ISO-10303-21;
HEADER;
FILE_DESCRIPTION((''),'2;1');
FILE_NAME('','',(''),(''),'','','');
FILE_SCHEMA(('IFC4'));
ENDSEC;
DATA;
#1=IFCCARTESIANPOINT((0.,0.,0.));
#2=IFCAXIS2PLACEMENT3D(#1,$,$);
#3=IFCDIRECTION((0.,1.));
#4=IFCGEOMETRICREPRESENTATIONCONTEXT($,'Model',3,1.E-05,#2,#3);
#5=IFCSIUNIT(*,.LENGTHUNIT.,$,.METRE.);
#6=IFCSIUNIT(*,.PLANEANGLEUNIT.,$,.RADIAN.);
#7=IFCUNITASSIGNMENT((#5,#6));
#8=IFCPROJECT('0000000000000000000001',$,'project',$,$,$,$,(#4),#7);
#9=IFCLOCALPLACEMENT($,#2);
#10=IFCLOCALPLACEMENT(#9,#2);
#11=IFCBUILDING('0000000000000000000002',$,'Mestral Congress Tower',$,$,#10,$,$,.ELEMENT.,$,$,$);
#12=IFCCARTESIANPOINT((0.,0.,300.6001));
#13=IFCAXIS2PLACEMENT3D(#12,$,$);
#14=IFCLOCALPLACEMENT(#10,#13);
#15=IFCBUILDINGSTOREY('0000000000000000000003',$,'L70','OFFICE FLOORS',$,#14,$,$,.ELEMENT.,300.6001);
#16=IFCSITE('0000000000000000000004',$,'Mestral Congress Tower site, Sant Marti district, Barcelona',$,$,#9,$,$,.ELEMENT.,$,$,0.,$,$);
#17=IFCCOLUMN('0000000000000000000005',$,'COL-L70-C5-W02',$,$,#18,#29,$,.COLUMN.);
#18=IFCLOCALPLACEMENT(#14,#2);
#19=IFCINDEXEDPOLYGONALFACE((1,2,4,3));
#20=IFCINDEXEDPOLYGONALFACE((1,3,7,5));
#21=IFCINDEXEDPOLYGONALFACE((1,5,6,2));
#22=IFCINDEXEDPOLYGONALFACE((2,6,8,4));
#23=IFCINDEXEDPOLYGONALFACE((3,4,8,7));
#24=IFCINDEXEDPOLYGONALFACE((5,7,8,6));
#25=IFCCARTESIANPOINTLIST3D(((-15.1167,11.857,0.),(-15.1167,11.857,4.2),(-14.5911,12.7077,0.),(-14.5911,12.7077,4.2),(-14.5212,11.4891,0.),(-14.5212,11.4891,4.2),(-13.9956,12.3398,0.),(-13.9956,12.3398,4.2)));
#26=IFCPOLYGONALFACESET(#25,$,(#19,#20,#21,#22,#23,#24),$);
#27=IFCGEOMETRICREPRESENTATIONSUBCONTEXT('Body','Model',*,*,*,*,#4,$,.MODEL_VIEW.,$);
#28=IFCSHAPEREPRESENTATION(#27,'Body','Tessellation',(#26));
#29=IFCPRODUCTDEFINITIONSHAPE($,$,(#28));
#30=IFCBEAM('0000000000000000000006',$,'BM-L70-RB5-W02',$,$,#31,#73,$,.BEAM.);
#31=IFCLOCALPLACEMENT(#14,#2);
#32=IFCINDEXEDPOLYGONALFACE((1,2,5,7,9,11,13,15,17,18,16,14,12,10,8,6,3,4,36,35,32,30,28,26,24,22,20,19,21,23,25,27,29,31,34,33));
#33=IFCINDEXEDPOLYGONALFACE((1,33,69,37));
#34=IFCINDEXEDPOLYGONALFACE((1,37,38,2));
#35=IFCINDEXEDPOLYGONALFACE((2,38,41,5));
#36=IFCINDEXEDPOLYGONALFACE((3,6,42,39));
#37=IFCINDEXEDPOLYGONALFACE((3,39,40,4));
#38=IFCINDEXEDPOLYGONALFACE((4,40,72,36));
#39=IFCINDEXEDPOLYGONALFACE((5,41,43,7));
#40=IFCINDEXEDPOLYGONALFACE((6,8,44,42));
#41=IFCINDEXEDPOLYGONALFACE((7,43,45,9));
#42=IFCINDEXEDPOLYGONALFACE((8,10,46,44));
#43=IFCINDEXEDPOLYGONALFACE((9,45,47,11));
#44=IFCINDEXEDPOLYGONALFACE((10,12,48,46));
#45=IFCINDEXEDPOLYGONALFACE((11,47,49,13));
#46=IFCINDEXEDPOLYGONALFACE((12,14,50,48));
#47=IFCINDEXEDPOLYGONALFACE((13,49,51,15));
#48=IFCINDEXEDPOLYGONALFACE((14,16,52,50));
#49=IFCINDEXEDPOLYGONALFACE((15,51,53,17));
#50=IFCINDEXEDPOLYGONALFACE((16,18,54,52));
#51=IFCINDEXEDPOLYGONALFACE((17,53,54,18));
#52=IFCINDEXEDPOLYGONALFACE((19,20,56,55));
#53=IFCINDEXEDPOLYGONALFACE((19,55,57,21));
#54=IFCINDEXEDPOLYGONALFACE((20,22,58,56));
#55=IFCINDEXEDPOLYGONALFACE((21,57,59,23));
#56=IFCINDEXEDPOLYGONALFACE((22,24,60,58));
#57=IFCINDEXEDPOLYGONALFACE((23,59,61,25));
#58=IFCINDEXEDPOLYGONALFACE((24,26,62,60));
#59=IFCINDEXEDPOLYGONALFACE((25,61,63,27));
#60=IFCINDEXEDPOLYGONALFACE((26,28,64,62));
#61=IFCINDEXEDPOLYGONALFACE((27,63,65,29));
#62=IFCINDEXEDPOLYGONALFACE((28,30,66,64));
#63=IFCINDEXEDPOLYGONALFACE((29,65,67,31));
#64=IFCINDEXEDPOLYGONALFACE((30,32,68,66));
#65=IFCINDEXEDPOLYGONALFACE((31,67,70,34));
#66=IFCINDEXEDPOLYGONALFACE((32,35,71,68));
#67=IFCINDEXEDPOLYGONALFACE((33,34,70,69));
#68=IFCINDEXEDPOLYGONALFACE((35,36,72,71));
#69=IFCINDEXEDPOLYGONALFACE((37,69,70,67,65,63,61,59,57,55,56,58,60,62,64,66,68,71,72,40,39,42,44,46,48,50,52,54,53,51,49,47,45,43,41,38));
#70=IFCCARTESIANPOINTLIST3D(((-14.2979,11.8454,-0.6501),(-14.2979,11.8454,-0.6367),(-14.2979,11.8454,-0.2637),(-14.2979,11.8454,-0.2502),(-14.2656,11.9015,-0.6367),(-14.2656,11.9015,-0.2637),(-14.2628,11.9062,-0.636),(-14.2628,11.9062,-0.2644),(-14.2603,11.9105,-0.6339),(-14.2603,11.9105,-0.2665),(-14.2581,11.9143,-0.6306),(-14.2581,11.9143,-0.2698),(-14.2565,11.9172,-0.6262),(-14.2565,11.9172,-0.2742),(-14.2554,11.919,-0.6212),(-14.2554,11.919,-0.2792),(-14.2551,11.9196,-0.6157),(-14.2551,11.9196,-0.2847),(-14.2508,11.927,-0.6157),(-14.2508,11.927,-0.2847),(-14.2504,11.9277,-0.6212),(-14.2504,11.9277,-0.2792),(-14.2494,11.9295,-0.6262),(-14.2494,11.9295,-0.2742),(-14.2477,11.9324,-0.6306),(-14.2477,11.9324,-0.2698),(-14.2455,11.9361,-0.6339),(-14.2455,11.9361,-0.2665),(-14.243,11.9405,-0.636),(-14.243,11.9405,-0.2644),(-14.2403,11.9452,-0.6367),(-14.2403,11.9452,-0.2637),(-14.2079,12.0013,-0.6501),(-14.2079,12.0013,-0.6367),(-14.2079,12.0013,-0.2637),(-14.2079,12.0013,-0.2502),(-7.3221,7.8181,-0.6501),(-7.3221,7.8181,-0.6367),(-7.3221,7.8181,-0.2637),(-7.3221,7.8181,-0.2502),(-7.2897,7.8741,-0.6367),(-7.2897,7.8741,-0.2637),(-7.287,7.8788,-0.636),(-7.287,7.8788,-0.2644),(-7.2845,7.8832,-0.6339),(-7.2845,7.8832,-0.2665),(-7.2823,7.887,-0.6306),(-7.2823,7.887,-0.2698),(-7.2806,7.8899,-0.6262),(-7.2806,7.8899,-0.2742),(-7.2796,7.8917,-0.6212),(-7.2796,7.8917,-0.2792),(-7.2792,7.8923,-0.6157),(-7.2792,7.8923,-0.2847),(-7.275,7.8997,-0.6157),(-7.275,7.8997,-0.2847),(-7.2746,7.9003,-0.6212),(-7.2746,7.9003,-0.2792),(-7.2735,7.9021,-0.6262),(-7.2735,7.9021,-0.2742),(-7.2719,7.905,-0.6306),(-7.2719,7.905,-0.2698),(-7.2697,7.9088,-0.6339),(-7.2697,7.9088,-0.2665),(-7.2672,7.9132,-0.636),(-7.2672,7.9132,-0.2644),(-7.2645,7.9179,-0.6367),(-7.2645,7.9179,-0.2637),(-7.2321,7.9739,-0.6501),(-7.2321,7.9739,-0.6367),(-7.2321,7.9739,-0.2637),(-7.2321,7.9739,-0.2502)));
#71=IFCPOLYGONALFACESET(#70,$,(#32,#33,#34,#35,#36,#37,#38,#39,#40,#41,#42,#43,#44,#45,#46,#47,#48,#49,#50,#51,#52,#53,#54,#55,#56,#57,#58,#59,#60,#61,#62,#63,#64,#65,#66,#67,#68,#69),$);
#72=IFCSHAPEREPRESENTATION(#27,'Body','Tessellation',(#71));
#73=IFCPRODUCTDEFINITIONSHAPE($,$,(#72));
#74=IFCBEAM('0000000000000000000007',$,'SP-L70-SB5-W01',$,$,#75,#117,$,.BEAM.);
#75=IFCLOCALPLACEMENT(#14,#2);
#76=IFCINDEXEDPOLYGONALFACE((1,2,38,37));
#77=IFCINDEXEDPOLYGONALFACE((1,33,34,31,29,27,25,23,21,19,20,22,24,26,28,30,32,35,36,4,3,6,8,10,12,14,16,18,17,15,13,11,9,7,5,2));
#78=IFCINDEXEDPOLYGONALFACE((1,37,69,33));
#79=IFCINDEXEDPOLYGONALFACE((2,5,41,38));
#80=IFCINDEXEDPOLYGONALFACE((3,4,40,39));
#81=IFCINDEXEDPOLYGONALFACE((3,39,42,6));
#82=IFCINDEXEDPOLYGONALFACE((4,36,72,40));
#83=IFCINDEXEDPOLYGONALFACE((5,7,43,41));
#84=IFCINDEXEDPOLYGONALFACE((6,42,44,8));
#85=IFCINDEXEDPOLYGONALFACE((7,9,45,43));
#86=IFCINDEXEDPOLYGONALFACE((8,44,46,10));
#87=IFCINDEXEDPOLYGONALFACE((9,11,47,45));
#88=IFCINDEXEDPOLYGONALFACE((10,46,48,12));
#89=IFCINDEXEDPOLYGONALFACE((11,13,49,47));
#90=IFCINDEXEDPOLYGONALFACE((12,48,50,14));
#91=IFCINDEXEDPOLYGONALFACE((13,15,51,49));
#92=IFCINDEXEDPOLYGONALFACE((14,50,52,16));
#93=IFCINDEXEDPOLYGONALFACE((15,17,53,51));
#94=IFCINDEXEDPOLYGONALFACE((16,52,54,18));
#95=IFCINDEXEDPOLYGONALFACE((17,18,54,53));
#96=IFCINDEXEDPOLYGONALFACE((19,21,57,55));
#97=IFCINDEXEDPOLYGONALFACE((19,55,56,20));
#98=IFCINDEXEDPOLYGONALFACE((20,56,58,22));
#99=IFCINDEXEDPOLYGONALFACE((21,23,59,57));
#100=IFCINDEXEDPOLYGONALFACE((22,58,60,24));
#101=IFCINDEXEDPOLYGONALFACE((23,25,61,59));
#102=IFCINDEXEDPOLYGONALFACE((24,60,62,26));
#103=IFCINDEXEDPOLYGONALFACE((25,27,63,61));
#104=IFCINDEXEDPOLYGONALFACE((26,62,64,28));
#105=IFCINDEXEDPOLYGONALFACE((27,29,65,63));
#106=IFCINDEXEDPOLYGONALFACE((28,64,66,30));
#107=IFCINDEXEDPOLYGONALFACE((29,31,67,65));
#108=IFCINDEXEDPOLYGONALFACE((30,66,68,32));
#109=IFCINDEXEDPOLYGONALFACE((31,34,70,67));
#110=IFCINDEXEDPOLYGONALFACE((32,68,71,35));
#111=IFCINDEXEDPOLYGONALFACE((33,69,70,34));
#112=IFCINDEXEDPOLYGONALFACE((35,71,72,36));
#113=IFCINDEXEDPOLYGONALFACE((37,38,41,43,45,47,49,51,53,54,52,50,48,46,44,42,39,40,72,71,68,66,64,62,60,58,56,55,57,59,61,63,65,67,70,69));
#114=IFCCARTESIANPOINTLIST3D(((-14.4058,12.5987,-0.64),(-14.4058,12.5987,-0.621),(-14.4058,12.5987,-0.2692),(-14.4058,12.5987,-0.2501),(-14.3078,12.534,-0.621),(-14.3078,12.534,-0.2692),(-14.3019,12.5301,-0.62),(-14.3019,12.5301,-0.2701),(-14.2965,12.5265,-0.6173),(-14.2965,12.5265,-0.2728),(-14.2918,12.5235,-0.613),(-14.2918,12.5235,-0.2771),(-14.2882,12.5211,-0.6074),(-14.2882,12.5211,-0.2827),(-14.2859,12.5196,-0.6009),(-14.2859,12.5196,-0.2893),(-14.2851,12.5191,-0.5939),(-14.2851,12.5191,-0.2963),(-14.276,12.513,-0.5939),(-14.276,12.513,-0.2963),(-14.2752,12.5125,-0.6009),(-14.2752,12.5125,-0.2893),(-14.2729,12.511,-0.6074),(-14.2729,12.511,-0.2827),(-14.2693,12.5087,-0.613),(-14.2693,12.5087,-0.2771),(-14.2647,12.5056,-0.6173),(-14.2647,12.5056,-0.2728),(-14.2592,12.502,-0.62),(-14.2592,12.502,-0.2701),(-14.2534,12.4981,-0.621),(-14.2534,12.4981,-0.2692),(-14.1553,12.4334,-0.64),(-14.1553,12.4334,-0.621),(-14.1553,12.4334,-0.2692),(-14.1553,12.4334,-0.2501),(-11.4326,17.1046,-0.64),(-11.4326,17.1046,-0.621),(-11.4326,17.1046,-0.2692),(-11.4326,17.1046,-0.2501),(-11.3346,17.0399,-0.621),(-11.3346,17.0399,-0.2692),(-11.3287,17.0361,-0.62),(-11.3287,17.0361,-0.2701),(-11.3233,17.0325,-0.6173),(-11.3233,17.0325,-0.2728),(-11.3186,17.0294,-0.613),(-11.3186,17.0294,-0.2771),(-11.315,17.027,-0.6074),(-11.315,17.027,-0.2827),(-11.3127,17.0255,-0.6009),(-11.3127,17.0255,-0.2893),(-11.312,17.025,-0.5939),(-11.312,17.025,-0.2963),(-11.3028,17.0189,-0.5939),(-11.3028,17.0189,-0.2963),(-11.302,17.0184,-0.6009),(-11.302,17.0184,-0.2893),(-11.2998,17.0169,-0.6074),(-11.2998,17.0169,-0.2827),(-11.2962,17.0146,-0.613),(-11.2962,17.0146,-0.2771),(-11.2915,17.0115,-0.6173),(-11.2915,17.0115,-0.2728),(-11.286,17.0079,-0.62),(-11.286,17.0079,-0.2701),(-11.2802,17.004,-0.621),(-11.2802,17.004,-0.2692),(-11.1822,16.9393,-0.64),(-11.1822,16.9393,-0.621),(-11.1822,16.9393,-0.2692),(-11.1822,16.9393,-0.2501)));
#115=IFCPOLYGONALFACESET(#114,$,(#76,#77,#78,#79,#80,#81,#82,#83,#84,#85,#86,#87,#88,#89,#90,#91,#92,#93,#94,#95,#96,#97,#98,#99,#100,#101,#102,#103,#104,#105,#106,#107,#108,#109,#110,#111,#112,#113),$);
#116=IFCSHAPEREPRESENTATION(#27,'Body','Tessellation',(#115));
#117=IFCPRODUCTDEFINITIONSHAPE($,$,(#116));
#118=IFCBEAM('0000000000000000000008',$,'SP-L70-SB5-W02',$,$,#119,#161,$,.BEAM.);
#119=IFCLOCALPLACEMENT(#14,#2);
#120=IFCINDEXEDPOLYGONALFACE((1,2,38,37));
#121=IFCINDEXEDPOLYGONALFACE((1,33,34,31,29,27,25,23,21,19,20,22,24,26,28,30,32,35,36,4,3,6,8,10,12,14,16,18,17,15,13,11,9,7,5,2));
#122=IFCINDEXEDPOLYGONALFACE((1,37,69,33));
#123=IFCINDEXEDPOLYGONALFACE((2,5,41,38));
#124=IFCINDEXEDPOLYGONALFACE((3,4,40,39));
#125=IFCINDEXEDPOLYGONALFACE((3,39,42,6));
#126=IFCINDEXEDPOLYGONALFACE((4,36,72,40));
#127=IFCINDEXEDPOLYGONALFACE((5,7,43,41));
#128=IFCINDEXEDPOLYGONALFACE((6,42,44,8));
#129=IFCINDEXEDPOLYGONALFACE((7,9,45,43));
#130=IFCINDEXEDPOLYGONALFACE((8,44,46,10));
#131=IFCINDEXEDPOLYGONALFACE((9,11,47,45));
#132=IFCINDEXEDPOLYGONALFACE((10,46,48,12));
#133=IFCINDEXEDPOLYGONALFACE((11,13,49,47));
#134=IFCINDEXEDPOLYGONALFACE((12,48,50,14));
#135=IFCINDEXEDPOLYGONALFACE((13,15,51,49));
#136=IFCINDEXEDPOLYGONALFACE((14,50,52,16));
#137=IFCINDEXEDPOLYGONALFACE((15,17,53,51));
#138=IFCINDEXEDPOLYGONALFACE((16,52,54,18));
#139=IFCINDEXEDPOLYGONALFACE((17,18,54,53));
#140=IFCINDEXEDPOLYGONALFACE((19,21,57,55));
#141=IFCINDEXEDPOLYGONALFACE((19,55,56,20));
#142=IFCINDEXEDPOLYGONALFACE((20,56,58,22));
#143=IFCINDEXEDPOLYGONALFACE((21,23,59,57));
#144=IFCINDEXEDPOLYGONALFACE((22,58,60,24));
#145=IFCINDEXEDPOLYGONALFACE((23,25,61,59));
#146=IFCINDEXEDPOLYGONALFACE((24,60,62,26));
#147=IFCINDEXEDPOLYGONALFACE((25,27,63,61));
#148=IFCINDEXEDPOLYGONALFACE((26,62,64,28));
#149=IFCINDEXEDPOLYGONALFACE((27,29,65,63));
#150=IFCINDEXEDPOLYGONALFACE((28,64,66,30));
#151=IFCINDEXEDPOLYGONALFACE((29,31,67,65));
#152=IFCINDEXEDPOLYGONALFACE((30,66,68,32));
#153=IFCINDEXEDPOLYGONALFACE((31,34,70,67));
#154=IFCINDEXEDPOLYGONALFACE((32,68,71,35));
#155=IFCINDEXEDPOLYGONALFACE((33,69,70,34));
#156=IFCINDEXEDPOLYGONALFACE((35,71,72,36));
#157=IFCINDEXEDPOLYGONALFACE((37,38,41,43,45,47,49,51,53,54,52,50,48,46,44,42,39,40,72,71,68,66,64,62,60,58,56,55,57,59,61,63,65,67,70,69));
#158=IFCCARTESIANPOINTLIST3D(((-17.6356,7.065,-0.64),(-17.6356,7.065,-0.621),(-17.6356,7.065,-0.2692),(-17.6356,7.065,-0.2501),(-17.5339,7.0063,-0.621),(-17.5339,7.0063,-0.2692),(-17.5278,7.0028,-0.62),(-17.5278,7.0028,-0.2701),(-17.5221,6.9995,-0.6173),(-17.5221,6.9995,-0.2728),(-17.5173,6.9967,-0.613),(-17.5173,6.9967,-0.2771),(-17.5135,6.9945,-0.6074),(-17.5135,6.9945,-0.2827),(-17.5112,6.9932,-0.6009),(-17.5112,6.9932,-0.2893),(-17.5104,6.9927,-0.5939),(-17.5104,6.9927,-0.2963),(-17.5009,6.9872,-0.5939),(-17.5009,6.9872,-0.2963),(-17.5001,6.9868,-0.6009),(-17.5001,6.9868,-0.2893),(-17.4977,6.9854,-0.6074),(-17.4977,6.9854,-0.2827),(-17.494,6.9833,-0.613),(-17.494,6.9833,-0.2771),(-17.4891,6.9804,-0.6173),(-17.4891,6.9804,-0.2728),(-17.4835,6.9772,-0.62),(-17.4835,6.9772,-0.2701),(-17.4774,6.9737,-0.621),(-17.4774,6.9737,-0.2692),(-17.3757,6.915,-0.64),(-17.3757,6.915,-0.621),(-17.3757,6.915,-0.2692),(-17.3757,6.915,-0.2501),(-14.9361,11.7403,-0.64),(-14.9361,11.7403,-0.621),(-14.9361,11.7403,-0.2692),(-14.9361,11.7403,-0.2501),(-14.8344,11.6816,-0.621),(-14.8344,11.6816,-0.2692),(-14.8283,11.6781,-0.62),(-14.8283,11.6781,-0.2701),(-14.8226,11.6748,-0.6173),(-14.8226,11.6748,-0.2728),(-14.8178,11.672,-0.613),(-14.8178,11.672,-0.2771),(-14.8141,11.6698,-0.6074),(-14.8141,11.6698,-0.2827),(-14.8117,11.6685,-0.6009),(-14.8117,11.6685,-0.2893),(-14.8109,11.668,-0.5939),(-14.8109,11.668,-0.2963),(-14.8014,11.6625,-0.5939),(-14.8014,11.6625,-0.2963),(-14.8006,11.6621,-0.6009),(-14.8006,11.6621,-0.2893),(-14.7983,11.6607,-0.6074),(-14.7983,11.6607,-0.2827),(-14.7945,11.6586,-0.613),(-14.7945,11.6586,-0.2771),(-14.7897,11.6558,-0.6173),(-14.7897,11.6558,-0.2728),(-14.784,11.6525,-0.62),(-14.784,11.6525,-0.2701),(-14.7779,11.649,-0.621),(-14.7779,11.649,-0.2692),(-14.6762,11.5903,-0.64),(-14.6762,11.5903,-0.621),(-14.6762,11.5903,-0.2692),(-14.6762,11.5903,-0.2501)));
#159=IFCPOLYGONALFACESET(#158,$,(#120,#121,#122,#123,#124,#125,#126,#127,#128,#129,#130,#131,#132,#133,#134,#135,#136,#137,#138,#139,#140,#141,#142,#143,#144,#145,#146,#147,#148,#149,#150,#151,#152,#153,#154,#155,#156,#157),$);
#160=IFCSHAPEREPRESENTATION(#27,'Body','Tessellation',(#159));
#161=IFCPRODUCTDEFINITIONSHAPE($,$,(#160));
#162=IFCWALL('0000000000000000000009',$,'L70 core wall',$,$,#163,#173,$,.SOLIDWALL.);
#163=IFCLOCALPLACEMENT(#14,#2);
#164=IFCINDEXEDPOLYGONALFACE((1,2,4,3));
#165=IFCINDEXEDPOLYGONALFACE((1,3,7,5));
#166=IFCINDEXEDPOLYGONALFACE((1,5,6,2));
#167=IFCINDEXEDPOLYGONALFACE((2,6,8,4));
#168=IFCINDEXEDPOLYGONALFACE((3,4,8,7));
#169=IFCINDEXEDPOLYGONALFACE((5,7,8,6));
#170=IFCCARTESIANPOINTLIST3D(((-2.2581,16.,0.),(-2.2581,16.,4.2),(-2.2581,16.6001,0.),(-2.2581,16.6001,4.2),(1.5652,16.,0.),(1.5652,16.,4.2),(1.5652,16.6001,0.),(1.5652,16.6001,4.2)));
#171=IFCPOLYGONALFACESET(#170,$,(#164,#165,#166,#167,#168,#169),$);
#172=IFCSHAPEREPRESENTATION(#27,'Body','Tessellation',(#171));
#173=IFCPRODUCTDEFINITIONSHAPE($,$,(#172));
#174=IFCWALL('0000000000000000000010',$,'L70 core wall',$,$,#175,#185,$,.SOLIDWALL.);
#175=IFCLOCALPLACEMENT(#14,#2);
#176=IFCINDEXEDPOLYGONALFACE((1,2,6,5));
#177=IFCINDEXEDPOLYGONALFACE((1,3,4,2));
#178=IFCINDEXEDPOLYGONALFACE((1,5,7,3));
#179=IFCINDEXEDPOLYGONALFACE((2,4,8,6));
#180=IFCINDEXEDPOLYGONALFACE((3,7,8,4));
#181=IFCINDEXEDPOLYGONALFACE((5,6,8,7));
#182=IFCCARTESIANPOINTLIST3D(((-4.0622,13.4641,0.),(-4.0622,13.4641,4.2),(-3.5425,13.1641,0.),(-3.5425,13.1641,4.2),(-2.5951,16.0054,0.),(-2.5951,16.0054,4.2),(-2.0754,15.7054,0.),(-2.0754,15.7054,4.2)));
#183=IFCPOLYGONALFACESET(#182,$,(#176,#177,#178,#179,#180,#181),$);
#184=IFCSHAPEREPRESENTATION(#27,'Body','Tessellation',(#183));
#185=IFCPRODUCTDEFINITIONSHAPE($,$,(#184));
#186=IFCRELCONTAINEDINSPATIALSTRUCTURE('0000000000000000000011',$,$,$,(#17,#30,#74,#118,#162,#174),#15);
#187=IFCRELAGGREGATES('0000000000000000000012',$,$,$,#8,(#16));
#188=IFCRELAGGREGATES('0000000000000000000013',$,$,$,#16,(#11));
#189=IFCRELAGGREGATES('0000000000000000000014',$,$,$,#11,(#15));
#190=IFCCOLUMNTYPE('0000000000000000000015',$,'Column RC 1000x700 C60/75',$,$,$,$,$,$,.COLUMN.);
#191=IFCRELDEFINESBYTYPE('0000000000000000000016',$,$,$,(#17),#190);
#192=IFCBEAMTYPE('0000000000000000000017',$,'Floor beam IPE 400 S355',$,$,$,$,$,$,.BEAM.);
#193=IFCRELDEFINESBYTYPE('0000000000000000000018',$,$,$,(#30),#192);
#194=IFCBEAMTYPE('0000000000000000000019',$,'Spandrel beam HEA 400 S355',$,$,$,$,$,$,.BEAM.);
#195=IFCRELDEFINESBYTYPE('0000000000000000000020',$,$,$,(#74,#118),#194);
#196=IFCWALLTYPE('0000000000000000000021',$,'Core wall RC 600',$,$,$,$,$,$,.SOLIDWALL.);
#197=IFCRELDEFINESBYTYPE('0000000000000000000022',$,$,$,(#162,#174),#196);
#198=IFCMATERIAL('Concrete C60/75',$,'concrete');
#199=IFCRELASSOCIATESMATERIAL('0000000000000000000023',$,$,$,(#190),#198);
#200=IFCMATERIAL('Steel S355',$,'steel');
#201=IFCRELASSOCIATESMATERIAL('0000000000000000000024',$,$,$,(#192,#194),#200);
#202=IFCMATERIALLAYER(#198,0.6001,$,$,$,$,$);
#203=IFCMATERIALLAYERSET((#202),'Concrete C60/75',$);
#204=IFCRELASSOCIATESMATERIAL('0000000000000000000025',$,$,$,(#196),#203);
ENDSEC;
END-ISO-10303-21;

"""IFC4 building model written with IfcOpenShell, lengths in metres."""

from ifc_helpers import new_model, si_unit, direction, frame, frame_2d, origin, origin_2d, place, context, subcontext, project, spatial, rectangle, i_section, extrude, material, layer, layer_set, material_profile, profile_set, type_object, element, save


model = new_model("IFC4")

# Units and contexts
model_context = context("Model", 3, precision=1e-05, world=origin(), true_north=direction((0.0, 1.0)))
body_context = subcontext(model_context, "Body", "Model", "MODEL_VIEW")
ifc_project = project(units=[si_unit("LENGTHUNIT", "METRE"), si_unit("PLANEANGLEUNIT", "RADIAN")], contexts=[model_context])

# Site, building, storey
site_placement = place(None, origin())
site = spatial("IfcSite", under=ifc_project, at=site_placement, Name="Mestral Congress Tower site, Sant Marti district, Barcelona", CompositionType="ELEMENT", RefElevation=0.0)
building_placement = place(site_placement, origin())
building = spatial("IfcBuilding", under=site, at=building_placement, Name="Mestral Congress Tower", CompositionType="ELEMENT")
storey_placement = place(building_placement, frame((0.0, 0.0, 300.6001)))
storey = spatial("IfcBuildingStorey", under=building, at=storey_placement, Name="L70", Description="OFFICE FLOORS", CompositionType="ELEMENT", Elevation=300.6001)

# Column
ifc_material_1 = material(Name="Concrete C60/75", Category="concrete")
ifc_material_profile_1 = material_profile(ifc_material_1, rectangle(XDim=1.0, YDim=0.7, at=origin_2d()), Name="RC 1000x700")
ifc_profile_set_1 = profile_set([ifc_material_profile_1], Name="Concrete C60/75")
column_type = type_object("IfcColumnType", Name="Column RC 1000x700 C60/75", PredefinedType="COLUMN", material=ifc_profile_set_1)
column_placement = place(storey_placement, frame((-14.5562, 12.0984, 0.0), z_axis=(0.0, 0.0, 1.0), x_axis=(-0.52561, -0.850726, 0.0)))
element("IfcColumn", 1, at=column_placement, inside=storey, type_object=column_type, Name="COL-L70-C5-W02", PredefinedType="COLUMN", context=body_context, shape_type="SweptSolid", body=[
    extrude(rectangle(XDim=1.0, YDim=0.7, at=origin_2d()), origin(), (0.0, 0.0, 1.0), 4.2),
])

# Beams
ifc_material_2 = material(Name="Steel S355", Category="steel")
ifc_material_profile_2 = material_profile(ifc_material_2, i_section(OverallWidth=0.1799, OverallDepth=0.3999, WebThickness=0.0085, FlangeThickness=0.0134, FilletRadius=0.021, at=origin_2d()), Name="IPE 400")
ifc_profile_set_2 = profile_set([ifc_material_profile_2], Name="Steel S355")
beam_type_1 = type_object("IfcBeamType", Name="Floor beam IPE 400 S355", PredefinedType="BEAM", material=ifc_profile_set_2)
beam_1_placement = place(storey_placement, frame((-14.2529, 11.9233, -0.4502), z_axis=(0.866034, -0.499986, 0.0), x_axis=(0.499986, 0.866034, 0.0)))
element("IfcBeam", 2, at=beam_1_placement, inside=storey, type_object=beam_type_1, Name="BM-L70-RB5-W02", PredefinedType="BEAM", context=body_context, shape_type="SweptSolid", body=[
    extrude(i_section(OverallWidth=0.1799, OverallDepth=0.3999, WebThickness=0.0085, FlangeThickness=0.0134, FilletRadius=0.021, at=origin_2d()), origin(), (0.0, 0.0, 1.0), 8.0549),
])
ifc_material_profile_3 = material_profile(ifc_material_2, i_section(OverallWidth=0.3, OverallDepth=0.3899, WebThickness=0.011, FlangeThickness=0.019, FilletRadius=0.0271, at=origin_2d()), Name="HEA 400")
ifc_profile_set_3 = profile_set([ifc_material_profile_3], Name="Steel S355")
beam_type_2 = type_object("IfcBeamType", Name="Spandrel beam HEA 400 S355", PredefinedType="BEAM", material=ifc_profile_set_3)
beam_2_placement = place(storey_placement, frame((-11.3074, 17.022, -0.4451), z_axis=(-0.550749, -0.834671, 0.0), x_axis=(0.834671, -0.550749, 0.0)))
element("IfcBeam", 3, at=beam_2_placement, inside=storey, type_object=beam_type_2, Name="SP-L70-SB5-W01", PredefinedType="BEAM", context=body_context, shape_type="SweptSolid", body=[
    extrude(i_section(OverallWidth=0.3, OverallDepth=0.3899, WebThickness=0.011, FlangeThickness=0.019, FilletRadius=0.0271, at=origin_2d()), origin(), (0.0, 0.0, 1.0), 5.3984),
])
beam_3_placement = place(storey_placement, frame((-14.8062, 11.6653, -0.4451), z_axis=(-0.500025, -0.866011, 0.0), x_axis=(0.866011, -0.500025, 0.0)))
element("IfcBeam", 4, at=beam_3_placement, inside=storey, type_object=beam_type_2, Name="SP-L70-SB5-W02", PredefinedType="BEAM", context=body_context, shape_type="SweptSolid", body=[
    extrude(i_section(OverallWidth=0.3, OverallDepth=0.3899, WebThickness=0.011, FlangeThickness=0.019, FilletRadius=0.0271, at=origin_2d()), origin(), (0.0, 0.0, 1.0), 5.3987),
])

# Walls
ifc_layer_1 = layer(ifc_material_1, 0.6001)
ifc_layer_set_1 = layer_set([ifc_layer_1], Name="Concrete C60/75")
wall_type_1 = type_object("IfcWallType", Name="Core wall RC 600", PredefinedType="SOLIDWALL", material=ifc_layer_set_1)
wall_1_placement = place(storey_placement, frame((-2.2581, 16.3, 0.0), z_axis=(0.0, 0.0, 1.0), x_axis=(1.0, 0.0, 0.0)))
element("IfcWall", 5, at=wall_1_placement, inside=storey, type_object=wall_type_1, Name="L70 core wall", PredefinedType="SOLIDWALL", context=body_context, shape_type="SweptSolid", body=[
    extrude(rectangle(XDim=3.8232, YDim=0.6001, at=frame_2d((1.9116, 0.0))), origin(), (0.0, 0.0, 1.0), 4.2),
])
wall_2_placement = place(storey_placement, frame((-2.3352, 15.8555, 0.0), z_axis=(0.0, 0.0, 1.0), x_axis=(-0.49996, -0.866048, 0.0)))
element("IfcWall", 6, at=wall_2_placement, inside=storey, type_object=wall_type_1, Name="L70 core wall", PredefinedType="SOLIDWALL", context=body_context, shape_type="SweptSolid", body=[
    extrude(rectangle(XDim=2.9343, YDim=0.6001, at=frame_2d((1.4673, 0.0))), origin(), (0.0, 0.0, 1.0), 4.2),
])

save(model, "model.ifc")
